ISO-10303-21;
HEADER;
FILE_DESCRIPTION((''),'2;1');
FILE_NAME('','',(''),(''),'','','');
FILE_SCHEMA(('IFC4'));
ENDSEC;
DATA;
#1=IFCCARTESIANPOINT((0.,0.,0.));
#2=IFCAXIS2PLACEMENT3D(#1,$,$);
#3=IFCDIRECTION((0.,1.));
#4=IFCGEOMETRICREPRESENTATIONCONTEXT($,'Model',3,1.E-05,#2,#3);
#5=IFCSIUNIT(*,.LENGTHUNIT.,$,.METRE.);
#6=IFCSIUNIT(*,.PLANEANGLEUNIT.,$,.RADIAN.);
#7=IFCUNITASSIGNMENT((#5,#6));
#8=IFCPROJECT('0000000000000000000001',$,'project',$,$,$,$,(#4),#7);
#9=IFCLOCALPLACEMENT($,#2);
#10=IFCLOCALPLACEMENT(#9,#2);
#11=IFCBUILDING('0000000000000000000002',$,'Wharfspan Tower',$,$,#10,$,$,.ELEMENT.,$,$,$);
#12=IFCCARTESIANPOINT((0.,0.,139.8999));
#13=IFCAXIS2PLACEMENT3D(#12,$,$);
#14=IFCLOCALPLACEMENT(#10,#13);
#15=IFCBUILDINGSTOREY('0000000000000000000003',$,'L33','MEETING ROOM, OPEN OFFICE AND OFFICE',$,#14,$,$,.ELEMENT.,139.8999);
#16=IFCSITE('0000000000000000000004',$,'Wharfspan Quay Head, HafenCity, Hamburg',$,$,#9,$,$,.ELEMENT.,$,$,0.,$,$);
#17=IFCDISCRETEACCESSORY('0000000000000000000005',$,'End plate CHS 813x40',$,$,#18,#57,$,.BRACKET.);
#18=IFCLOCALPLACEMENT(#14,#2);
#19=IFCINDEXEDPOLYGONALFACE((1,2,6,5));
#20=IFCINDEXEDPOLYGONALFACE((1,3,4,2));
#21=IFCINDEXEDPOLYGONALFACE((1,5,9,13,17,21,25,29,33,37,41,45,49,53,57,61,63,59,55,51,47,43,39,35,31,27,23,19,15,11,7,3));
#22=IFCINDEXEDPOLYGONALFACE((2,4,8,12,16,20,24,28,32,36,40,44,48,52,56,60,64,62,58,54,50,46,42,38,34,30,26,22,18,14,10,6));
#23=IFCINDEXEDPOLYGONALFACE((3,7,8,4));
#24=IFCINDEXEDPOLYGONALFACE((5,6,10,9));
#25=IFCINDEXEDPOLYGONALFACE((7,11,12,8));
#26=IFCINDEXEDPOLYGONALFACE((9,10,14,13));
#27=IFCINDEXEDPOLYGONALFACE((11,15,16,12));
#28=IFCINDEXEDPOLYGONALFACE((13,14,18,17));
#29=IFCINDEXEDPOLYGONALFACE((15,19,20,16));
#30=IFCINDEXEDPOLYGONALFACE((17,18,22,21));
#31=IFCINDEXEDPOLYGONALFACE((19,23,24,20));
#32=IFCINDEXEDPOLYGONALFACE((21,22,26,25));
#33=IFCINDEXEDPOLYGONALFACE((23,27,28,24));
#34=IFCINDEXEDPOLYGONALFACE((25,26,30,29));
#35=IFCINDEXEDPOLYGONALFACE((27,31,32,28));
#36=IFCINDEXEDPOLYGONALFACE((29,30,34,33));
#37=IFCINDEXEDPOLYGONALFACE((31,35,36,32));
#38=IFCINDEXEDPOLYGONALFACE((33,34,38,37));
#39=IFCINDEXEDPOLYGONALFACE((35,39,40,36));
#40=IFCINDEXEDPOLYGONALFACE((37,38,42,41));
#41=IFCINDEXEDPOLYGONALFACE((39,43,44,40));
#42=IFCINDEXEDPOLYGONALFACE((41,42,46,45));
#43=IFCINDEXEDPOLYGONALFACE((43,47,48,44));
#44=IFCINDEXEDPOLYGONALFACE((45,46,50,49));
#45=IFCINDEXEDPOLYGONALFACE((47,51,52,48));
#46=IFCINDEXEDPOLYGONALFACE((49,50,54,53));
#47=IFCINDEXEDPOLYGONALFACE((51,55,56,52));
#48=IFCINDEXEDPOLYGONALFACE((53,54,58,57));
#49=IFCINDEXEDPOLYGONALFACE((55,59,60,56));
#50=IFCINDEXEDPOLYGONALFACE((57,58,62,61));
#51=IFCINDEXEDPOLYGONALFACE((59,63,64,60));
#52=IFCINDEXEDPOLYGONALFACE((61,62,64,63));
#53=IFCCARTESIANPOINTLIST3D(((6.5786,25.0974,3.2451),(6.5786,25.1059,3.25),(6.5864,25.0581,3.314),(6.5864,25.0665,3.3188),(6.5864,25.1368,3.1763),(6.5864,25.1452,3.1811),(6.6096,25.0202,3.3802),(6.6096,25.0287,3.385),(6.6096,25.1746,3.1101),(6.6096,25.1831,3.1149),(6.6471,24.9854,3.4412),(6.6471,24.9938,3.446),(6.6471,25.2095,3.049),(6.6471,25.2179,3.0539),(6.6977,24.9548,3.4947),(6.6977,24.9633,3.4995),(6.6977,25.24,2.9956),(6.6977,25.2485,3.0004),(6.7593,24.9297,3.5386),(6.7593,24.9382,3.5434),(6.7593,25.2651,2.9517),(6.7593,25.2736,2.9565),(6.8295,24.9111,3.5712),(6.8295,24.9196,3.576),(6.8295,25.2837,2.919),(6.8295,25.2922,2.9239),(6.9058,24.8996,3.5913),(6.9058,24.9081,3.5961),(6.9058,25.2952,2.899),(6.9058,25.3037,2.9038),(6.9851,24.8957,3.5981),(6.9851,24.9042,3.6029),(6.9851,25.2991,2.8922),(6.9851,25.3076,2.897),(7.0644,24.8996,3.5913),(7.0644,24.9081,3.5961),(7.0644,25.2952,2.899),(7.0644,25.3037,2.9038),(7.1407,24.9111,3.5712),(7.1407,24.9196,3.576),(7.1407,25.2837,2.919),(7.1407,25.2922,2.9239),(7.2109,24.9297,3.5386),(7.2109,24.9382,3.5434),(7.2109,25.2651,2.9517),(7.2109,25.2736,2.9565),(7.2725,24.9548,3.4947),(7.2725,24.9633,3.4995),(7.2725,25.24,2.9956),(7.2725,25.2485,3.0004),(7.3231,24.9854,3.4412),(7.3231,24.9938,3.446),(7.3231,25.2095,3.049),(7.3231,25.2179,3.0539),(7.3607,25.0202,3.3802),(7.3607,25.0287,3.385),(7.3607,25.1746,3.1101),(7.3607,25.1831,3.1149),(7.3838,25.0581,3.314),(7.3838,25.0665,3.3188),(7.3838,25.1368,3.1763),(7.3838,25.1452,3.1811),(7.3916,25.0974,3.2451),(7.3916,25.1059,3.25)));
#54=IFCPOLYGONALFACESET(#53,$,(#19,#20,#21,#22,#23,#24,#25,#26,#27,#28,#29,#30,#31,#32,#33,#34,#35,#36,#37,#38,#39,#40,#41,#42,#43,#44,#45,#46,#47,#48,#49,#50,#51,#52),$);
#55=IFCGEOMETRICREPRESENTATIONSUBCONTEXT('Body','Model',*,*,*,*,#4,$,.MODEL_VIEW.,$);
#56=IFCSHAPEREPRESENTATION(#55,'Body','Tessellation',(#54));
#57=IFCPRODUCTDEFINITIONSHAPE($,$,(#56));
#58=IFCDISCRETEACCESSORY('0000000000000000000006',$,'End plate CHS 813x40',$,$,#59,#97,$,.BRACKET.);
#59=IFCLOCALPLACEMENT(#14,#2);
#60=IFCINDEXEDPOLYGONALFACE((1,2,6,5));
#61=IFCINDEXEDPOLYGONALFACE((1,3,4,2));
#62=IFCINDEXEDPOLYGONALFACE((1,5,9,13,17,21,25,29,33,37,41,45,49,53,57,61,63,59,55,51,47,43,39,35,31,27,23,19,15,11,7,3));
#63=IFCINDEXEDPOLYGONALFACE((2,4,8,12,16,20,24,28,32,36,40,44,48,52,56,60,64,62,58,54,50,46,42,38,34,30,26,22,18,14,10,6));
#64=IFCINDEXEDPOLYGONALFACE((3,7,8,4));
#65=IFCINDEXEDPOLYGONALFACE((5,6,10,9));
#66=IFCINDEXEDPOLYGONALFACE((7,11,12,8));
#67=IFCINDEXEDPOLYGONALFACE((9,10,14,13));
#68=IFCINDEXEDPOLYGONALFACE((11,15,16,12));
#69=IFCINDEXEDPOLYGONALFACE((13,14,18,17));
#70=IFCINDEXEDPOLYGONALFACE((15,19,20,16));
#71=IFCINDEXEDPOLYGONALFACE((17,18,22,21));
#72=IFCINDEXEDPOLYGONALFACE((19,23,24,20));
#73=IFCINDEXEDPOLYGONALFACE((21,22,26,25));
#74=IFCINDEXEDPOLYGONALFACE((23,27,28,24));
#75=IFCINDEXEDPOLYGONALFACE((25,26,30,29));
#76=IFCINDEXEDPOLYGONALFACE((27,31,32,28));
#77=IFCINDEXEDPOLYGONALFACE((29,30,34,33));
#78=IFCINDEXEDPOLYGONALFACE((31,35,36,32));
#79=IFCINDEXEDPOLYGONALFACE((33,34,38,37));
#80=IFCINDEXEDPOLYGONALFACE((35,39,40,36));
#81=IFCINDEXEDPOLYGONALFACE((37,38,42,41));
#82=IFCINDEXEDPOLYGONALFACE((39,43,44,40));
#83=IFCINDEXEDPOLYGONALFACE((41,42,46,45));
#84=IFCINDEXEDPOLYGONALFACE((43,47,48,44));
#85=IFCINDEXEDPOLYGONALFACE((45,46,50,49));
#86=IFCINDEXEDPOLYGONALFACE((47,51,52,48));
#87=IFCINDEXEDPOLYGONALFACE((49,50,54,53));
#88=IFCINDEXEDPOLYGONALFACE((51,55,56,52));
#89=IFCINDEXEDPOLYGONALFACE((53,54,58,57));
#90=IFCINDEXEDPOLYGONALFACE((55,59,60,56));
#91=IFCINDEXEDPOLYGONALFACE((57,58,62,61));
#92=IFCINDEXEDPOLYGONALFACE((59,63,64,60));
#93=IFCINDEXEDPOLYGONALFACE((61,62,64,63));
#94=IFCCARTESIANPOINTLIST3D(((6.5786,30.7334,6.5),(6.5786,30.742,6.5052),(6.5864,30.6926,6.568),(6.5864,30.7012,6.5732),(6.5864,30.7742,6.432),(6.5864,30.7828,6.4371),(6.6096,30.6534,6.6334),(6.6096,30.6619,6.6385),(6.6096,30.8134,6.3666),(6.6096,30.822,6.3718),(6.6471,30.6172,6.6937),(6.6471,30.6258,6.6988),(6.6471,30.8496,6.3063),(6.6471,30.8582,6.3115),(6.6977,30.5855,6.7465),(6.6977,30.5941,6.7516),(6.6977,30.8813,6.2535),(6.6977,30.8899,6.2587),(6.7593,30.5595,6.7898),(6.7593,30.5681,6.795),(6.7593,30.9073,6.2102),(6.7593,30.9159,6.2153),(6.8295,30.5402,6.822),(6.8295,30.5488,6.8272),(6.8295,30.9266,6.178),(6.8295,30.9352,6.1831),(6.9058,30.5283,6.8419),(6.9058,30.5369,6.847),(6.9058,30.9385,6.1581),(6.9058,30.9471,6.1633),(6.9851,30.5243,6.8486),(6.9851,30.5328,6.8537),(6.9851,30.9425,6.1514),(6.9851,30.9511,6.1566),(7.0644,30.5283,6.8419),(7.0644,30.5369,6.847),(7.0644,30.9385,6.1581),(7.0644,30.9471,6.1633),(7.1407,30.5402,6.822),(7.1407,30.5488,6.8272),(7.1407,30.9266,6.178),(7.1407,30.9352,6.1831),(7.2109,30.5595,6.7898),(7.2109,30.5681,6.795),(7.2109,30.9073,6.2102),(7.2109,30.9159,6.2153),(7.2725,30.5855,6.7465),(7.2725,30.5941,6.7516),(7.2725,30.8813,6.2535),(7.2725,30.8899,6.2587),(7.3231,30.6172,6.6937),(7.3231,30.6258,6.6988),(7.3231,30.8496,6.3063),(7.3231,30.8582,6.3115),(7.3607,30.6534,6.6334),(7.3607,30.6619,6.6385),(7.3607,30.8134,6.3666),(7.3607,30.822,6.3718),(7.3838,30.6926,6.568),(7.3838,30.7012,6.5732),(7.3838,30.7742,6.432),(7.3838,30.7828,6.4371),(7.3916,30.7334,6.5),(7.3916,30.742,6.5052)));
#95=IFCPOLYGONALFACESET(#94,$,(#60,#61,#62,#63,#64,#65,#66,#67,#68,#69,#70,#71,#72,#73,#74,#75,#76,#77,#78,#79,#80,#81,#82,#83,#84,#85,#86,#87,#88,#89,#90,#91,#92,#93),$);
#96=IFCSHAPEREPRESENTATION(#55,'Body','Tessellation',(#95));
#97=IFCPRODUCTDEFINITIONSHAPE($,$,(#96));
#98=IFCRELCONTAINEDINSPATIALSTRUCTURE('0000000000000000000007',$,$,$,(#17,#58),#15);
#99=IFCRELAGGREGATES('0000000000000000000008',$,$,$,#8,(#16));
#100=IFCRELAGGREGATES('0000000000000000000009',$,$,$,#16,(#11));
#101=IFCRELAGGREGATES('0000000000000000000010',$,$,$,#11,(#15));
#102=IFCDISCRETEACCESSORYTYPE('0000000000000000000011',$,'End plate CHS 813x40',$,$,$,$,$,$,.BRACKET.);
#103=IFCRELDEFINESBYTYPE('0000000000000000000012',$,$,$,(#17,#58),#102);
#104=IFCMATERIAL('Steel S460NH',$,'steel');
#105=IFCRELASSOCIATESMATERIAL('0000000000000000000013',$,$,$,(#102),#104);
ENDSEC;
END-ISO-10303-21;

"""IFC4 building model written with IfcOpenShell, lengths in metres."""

from ifc_helpers import new_model, si_unit, direction, frame, origin, origin_2d, place, context, subcontext, project, spatial, circle, extrude, material, material_profile, profile_set, type_object, element, save


model = new_model("IFC4")

# Units and contexts
model_context = context("Model", 3, precision=1e-05, world=origin(), true_north=direction((0.0, 1.0)))
body_context = subcontext(model_context, "Body", "Model", "MODEL_VIEW")
ifc_project = project(units=[si_unit("LENGTHUNIT", "METRE"), si_unit("PLANEANGLEUNIT", "RADIAN")], contexts=[model_context])

# Site, building, storey
site_placement = place(None, origin())
site = spatial("IfcSite", under=ifc_project, at=site_placement, Name="Wharfspan Quay Head, HafenCity, Hamburg", CompositionType="ELEMENT", RefElevation=0.0)
building_placement = place(site_placement, origin())
building = spatial("IfcBuilding", under=site, at=building_placement, Name="Wharfspan Tower", CompositionType="ELEMENT")
storey_placement = place(building_placement, frame((0.0, 0.0, 139.8999)))
storey = spatial("IfcBuildingStorey", under=building, at=storey_placement, Name="L33", Description="MEETING ROOM, OPEN OFFICE AND OFFICE", CompositionType="ELEMENT", Elevation=139.8999)

# Shared definitions
ifc_material_1 = material(Name="Steel S460NH", Category="steel")

# Discrete accessories
ifc_material_profile_1 = material_profile(ifc_material_1, circle(Radius=0.4065, at=origin_2d()))
ifc_profile_set_1 = profile_set([ifc_material_profile_1], Name="Steel S460NH")
discrete_accessory_type = type_object("IfcDiscreteAccessoryType", Name="End plate CHS 813x40", PredefinedType="BRACKET", material=ifc_profile_set_1)
for number, where, z_axis, x_axis, name in (
    (1, (6.9851, 25.0974, 3.2451), (0.0, 0.868243, 0.496139), (-1.0, 0.0, 0.0), "End plate CHS 813x40"),
):
    element("IfcDiscreteAccessory", number, at=place(storey_placement, frame(where, z_axis=z_axis, x_axis=x_axis)), inside=storey, type_object=discrete_accessory_type, Name=name, PredefinedType="BRACKET", context=body_context, shape_type="SweptSolid", body=[
        extrude(circle(Radius=0.4065, at=origin_2d()), origin(), (0.0, 0.0, 1.0), 0.0098),
    ])
discrete_accessory_placement = place(storey_placement, frame((6.9851, 30.7334, 6.5), z_axis=(0.0, 0.857493, 0.514496), x_axis=(-1.0, 0.0, 0.0)))
element("IfcDiscreteAccessory", 2, at=discrete_accessory_placement, inside=storey, type_object=discrete_accessory_type, Name="End plate CHS 813x40", PredefinedType="BRACKET", context=body_context, shape_type="SweptSolid", body=[
    extrude(circle(Radius=0.4065, at=origin_2d()), origin(), (0.0, 0.0, 1.0), 0.01),
])

save(model, "model.ifc")
